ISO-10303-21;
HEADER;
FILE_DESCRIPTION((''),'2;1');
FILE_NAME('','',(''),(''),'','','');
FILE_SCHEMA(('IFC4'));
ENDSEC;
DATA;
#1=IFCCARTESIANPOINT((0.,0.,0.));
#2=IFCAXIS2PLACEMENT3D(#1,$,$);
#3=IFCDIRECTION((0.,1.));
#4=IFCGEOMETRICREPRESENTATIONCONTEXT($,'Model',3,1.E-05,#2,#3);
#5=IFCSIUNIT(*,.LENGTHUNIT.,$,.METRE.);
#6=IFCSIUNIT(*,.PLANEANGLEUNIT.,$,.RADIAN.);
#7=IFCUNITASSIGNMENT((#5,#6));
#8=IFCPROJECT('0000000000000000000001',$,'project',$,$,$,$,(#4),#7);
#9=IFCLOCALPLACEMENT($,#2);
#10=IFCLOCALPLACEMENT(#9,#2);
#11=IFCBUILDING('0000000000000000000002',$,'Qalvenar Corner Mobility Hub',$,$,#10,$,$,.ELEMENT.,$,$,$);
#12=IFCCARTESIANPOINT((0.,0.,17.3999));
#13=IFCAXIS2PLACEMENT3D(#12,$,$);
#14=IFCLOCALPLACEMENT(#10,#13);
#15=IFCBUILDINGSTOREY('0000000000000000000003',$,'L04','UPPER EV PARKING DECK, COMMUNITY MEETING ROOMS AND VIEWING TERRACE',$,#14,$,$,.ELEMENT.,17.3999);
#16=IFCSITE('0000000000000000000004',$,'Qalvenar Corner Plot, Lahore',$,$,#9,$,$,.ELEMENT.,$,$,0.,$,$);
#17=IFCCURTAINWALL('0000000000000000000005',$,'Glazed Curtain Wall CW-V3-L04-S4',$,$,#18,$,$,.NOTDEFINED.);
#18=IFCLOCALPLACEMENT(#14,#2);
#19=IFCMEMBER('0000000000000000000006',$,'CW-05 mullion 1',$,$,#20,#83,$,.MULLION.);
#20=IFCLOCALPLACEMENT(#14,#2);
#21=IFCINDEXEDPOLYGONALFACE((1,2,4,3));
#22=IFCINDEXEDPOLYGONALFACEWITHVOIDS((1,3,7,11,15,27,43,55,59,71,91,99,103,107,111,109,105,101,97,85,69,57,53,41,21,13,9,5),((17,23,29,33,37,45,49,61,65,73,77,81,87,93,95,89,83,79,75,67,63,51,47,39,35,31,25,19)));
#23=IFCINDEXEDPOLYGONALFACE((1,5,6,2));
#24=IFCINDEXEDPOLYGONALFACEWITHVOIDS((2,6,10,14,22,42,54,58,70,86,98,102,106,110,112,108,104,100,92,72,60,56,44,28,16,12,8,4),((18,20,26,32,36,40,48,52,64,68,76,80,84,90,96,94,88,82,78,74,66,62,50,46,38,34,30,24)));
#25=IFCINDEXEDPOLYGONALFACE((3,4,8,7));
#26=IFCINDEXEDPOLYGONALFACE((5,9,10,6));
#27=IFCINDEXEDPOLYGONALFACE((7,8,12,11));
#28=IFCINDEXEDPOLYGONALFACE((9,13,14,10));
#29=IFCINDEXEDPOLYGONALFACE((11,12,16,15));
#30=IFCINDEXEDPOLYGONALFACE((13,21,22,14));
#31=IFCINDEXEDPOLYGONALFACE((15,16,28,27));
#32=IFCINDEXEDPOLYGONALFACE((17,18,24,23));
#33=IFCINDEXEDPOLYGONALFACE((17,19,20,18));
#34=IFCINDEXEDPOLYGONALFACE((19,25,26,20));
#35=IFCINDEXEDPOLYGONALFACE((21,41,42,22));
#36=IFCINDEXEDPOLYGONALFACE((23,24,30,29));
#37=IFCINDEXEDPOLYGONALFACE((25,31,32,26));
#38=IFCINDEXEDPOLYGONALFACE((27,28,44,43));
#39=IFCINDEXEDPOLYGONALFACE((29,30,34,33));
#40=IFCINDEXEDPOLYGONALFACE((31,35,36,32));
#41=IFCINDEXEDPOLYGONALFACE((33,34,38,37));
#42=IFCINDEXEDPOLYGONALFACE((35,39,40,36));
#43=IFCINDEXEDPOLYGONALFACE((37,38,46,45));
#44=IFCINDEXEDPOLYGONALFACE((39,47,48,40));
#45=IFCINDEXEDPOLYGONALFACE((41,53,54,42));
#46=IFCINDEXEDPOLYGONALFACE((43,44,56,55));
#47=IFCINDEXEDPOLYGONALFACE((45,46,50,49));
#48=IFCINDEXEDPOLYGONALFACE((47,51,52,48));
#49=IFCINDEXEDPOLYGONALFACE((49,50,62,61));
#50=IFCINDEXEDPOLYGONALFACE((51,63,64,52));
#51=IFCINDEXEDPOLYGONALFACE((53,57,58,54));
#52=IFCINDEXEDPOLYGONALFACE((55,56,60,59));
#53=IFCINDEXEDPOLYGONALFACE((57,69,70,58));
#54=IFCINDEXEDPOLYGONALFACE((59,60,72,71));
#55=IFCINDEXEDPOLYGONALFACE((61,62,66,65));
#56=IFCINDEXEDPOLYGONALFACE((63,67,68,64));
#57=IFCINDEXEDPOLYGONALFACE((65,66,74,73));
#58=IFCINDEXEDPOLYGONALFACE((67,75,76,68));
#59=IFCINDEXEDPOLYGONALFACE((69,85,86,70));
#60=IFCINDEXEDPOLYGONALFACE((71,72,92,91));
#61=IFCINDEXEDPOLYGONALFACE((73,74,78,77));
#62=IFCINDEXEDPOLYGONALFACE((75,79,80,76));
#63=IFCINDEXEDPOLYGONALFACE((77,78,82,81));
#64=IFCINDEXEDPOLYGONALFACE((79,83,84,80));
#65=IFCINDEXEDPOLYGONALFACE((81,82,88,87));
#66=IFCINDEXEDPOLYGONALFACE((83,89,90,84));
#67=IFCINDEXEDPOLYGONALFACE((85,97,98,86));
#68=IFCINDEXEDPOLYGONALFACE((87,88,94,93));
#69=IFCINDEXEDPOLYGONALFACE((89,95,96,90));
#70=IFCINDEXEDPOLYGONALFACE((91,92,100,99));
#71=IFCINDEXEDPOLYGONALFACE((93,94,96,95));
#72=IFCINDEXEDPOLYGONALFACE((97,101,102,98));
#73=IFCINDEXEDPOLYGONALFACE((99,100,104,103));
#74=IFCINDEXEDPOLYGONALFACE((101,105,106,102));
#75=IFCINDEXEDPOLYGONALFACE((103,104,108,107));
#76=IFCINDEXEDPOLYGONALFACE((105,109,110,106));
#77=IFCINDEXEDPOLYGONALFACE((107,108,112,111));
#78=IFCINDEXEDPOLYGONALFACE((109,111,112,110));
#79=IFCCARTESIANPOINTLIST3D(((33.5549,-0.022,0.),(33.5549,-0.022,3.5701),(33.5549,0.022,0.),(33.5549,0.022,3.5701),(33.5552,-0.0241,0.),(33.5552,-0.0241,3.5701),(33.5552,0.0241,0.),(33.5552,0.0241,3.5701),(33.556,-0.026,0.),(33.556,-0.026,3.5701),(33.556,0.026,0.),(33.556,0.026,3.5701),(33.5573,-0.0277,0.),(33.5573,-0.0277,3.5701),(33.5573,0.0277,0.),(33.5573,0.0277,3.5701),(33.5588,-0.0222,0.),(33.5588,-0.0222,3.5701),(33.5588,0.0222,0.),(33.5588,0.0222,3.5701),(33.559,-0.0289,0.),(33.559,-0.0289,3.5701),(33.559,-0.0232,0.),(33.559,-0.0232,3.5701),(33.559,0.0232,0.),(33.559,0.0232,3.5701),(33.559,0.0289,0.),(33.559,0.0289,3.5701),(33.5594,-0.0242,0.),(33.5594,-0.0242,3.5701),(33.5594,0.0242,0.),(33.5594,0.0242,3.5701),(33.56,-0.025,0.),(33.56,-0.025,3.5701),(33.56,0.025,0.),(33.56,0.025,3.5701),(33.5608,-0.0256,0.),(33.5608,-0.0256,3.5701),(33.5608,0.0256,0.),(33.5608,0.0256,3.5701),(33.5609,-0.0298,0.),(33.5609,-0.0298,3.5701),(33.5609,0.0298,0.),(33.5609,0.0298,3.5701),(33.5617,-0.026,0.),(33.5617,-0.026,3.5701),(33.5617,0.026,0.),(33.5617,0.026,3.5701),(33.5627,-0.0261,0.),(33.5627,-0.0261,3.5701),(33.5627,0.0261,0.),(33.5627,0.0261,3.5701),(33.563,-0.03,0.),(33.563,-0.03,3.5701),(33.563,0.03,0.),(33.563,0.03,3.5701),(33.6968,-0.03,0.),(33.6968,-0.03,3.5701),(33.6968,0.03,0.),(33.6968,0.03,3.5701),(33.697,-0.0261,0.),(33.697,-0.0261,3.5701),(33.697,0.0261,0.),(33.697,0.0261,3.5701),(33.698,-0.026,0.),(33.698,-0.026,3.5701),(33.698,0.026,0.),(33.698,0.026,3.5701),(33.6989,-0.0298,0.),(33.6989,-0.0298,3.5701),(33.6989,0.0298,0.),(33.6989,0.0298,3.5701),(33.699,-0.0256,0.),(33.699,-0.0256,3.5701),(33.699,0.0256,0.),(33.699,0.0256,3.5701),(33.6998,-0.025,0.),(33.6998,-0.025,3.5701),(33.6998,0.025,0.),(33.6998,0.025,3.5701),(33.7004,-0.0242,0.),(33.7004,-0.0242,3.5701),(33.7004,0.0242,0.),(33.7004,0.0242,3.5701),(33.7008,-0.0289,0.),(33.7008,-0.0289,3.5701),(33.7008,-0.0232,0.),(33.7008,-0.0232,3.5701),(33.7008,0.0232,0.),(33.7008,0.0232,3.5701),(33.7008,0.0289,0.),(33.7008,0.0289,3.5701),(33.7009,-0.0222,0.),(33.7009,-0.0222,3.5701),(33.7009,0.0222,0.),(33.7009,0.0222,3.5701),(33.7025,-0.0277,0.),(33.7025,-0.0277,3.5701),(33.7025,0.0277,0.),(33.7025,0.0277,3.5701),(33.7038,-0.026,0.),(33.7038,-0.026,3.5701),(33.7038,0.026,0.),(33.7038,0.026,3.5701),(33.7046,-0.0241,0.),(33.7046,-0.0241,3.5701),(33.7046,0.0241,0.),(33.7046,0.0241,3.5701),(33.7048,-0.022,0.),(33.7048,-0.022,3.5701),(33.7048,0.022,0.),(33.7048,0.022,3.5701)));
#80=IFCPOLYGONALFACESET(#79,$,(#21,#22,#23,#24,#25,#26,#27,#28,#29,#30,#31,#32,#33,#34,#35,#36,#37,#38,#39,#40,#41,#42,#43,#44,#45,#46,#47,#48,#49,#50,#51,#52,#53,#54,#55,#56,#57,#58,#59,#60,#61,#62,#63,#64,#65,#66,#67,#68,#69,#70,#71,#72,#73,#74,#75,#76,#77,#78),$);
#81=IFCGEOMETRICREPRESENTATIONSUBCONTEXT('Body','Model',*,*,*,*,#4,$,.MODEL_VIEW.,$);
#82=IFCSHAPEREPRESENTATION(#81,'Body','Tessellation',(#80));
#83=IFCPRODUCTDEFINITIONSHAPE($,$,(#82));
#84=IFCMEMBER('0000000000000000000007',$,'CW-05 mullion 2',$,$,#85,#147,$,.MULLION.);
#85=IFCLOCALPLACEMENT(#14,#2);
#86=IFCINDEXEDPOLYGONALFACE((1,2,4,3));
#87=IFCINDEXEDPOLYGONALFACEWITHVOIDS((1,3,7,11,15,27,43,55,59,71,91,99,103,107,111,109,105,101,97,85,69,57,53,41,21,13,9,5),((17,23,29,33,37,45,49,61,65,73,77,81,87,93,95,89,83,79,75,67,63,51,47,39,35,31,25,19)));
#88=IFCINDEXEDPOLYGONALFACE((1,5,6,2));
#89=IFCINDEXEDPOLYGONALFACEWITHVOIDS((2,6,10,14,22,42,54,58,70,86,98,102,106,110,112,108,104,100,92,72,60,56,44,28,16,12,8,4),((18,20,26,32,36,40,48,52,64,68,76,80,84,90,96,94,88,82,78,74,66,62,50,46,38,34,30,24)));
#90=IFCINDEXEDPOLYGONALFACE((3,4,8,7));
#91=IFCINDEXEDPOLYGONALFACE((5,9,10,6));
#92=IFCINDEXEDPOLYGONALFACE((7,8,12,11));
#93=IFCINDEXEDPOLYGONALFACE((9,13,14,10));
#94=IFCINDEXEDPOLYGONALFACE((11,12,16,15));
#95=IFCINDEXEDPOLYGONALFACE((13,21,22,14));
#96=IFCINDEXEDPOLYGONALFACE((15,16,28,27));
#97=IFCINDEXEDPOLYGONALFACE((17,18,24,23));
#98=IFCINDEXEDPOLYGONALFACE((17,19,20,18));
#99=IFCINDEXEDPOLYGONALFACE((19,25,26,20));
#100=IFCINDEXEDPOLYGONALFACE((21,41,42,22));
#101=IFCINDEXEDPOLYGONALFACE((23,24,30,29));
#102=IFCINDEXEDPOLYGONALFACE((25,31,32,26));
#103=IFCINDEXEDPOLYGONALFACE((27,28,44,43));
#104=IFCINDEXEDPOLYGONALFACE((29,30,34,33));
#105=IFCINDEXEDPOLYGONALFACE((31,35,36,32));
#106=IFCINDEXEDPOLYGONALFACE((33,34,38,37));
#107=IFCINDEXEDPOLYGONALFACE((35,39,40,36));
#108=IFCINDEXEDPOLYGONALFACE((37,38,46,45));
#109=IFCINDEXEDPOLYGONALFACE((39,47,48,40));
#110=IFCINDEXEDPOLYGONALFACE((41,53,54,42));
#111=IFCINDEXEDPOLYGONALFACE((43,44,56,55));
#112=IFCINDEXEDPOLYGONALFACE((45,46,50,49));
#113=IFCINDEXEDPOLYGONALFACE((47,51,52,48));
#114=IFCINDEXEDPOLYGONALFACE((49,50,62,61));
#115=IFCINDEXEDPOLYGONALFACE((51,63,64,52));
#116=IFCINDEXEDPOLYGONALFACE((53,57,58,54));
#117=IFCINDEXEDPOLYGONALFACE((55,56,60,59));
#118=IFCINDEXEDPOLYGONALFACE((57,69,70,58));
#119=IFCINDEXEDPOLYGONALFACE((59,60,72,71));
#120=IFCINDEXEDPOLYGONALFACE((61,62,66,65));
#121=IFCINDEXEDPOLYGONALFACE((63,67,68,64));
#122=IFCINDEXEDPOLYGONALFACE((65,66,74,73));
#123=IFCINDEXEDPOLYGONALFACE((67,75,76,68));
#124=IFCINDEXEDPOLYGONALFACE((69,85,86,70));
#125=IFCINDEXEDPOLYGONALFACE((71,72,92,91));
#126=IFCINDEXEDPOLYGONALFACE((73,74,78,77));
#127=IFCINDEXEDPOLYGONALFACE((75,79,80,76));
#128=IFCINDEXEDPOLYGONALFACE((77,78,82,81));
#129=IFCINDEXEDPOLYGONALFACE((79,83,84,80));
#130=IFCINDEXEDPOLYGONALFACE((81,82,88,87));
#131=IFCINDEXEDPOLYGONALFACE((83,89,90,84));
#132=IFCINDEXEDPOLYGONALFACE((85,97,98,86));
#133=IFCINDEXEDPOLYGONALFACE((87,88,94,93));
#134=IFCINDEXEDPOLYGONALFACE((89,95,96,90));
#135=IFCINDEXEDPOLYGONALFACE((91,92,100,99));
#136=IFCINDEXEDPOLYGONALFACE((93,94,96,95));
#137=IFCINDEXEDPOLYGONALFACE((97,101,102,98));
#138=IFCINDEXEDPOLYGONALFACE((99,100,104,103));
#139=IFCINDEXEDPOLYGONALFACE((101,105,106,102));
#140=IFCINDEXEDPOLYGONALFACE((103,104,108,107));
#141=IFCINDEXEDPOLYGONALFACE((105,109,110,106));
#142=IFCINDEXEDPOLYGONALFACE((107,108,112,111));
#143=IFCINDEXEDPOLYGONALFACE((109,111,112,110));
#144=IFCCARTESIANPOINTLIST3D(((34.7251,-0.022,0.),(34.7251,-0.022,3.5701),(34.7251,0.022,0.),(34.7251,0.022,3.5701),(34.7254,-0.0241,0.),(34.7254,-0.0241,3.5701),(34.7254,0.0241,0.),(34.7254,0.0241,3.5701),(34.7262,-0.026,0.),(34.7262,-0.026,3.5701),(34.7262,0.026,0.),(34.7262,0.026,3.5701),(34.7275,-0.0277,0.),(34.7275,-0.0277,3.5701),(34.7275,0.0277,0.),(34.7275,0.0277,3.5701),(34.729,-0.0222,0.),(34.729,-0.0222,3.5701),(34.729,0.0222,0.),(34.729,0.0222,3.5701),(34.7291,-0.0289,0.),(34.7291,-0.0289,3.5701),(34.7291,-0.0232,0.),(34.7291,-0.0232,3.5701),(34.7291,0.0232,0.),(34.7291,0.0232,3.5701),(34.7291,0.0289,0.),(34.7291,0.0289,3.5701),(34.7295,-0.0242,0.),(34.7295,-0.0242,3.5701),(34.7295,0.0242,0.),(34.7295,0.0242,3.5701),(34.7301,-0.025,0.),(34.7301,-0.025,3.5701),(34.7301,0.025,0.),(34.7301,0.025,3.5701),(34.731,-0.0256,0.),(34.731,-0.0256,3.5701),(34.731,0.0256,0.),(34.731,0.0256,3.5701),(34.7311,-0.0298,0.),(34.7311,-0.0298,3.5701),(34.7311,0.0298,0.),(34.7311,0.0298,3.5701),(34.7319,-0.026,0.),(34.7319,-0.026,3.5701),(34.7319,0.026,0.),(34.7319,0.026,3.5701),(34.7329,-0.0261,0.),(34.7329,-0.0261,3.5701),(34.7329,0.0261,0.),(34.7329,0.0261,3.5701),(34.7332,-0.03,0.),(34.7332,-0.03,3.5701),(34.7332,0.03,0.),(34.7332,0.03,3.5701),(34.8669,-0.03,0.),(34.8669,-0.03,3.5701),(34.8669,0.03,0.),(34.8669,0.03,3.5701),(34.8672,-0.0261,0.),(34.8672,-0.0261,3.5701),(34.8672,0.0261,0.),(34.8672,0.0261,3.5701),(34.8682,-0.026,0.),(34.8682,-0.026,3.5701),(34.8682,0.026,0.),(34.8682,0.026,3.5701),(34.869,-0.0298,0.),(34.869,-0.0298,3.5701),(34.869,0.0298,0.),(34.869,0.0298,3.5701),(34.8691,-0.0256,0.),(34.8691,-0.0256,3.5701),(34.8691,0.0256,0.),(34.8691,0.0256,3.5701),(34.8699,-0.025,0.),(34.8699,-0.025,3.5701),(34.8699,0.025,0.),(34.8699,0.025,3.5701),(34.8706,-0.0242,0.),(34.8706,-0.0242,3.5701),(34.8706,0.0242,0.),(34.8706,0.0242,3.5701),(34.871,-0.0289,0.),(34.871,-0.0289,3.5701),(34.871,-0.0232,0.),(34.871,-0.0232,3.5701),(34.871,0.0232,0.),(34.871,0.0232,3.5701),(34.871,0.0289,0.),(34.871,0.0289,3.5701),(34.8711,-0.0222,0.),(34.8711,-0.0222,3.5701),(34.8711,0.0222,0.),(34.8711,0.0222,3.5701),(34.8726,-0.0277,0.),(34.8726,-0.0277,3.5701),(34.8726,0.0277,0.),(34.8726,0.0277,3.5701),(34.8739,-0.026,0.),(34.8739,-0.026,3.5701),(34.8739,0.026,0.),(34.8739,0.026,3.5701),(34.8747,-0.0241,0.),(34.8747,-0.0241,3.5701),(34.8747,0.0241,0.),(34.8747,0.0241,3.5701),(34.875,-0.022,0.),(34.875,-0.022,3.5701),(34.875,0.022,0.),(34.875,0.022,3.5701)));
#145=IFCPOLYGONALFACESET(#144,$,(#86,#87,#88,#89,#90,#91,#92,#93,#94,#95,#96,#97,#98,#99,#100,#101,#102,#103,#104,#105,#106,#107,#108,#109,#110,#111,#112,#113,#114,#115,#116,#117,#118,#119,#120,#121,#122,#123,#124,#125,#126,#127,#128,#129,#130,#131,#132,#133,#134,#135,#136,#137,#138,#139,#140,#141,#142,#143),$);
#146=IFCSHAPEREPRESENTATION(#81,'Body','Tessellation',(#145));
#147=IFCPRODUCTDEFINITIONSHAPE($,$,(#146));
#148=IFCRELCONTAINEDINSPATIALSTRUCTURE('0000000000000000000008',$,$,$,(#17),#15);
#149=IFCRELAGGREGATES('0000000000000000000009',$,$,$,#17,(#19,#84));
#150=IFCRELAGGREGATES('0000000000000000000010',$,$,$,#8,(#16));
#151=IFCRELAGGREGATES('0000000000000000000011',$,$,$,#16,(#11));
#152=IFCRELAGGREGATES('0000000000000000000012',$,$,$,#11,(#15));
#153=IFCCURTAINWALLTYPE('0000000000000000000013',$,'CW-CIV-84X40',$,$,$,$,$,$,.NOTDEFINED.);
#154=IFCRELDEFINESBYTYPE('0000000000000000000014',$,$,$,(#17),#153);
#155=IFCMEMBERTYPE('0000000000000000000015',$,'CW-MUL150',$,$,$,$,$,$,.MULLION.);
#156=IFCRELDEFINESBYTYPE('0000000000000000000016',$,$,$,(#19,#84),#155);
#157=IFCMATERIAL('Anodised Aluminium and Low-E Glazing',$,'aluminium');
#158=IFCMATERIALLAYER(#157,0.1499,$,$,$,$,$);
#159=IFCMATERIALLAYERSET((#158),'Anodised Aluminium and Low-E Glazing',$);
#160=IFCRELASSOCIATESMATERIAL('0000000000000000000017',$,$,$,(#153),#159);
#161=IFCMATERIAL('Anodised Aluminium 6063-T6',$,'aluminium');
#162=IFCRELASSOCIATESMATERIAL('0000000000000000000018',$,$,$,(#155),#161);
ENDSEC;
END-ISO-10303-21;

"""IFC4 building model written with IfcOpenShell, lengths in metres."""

from ifc_helpers import new_model, si_unit, direction, frame, origin, origin_2d, place, context, subcontext, project, spatial, hollow_rectangle, extrude, material, layer, layer_set, material_profile, profile_set, type_object, element, aggregate, save


model = new_model("IFC4")

# Units and contexts
model_context = context("Model", 3, precision=1e-05, world=origin(), true_north=direction((0.0, 1.0)))
body_context = subcontext(model_context, "Body", "Model", "MODEL_VIEW")
ifc_project = project(units=[si_unit("LENGTHUNIT", "METRE"), si_unit("PLANEANGLEUNIT", "RADIAN")], contexts=[model_context])

# Site, building, storey
site_placement = place(None, origin())
site = spatial("IfcSite", under=ifc_project, at=site_placement, Name="Qalvenar Corner Plot, Lahore", CompositionType="ELEMENT", RefElevation=0.0)
building_placement = place(site_placement, origin())
building = spatial("IfcBuilding", under=site, at=building_placement, Name="Qalvenar Corner Mobility Hub", CompositionType="ELEMENT")
storey_placement = place(building_placement, frame((0.0, 0.0, 17.3999)))
storey = spatial("IfcBuildingStorey", under=building, at=storey_placement, Name="L04", Description="UPPER EV PARKING DECK, COMMUNITY MEETING ROOMS AND VIEWING TERRACE", CompositionType="ELEMENT", Elevation=17.3999)

# Curtain wall, members
ifc_material_1 = material(Name="Anodised Aluminium and Low-E Glazing", Category="aluminium")
ifc_layer_1 = layer(ifc_material_1, 0.1499)
ifc_layer_set_1 = layer_set([ifc_layer_1], Name="Anodised Aluminium and Low-E Glazing")
curtain_wall_type = type_object("IfcCurtainWallType", Name="CW-CIV-84X40", PredefinedType="NOTDEFINED", material=ifc_layer_set_1)
curtain_wall_placement = place(storey_placement, origin())
curtain_wall = element("IfcCurtainWall", 1, at=curtain_wall_placement, inside=storey, type_object=curtain_wall_type, Name="Glazed Curtain Wall CW-V3-L04-S4", PredefinedType="NOTDEFINED")
ifc_material_2 = material(Name="Anodised Aluminium 6063-T6", Category="aluminium")
ifc_material_profile_1 = material_profile(ifc_material_2, hollow_rectangle(XDim=0.0601, YDim=0.1499, WallThickness=0.0039, InnerFilletRadius=0.0039, OuterFilletRadius=0.0081, at=origin_2d()), Name="RHS150x60x4")
ifc_profile_set_1 = profile_set([ifc_material_profile_1], Name="Anodised Aluminium 6063-T6")
member_type_1 = type_object("IfcMemberType", Name="CW-MUL150", PredefinedType="MULLION", material=ifc_profile_set_1)
member_1_placement = place(storey_placement, frame((33.6299, 0.0, 0.0), z_axis=(0.0, 0.0, 1.0), x_axis=(0.0, 1.0, 0.0)))
member_1 = element("IfcMember", 2, at=member_1_placement, type_object=member_type_1, Name="CW-05 mullion 1", PredefinedType="MULLION", context=body_context, shape_type="SweptSolid", body=[
    extrude(hollow_rectangle(XDim=0.0601, YDim=0.1499, WallThickness=0.0039, InnerFilletRadius=0.0039, OuterFilletRadius=0.0081, at=origin_2d()), origin(), (0.0, 0.0, 1.0), 3.5701),
])
member_2_placement = place(storey_placement, frame((34.8, 0.0, 0.0), z_axis=(0.0, 0.0, 1.0), x_axis=(0.0, 1.0, 0.0)))
member_2 = element("IfcMember", 3, at=member_2_placement, type_object=member_type_1, Name="CW-05 mullion 2", PredefinedType="MULLION", context=body_context, shape_type="SweptSolid", body=[
    extrude(hollow_rectangle(XDim=0.0601, YDim=0.1499, WallThickness=0.0039, InnerFilletRadius=0.0039, OuterFilletRadius=0.0081, at=origin_2d()), origin(), (0.0, 0.0, 1.0), 3.5701),
])
aggregate(curtain_wall, [member_1, member_2])

save(model, "model.ifc")
